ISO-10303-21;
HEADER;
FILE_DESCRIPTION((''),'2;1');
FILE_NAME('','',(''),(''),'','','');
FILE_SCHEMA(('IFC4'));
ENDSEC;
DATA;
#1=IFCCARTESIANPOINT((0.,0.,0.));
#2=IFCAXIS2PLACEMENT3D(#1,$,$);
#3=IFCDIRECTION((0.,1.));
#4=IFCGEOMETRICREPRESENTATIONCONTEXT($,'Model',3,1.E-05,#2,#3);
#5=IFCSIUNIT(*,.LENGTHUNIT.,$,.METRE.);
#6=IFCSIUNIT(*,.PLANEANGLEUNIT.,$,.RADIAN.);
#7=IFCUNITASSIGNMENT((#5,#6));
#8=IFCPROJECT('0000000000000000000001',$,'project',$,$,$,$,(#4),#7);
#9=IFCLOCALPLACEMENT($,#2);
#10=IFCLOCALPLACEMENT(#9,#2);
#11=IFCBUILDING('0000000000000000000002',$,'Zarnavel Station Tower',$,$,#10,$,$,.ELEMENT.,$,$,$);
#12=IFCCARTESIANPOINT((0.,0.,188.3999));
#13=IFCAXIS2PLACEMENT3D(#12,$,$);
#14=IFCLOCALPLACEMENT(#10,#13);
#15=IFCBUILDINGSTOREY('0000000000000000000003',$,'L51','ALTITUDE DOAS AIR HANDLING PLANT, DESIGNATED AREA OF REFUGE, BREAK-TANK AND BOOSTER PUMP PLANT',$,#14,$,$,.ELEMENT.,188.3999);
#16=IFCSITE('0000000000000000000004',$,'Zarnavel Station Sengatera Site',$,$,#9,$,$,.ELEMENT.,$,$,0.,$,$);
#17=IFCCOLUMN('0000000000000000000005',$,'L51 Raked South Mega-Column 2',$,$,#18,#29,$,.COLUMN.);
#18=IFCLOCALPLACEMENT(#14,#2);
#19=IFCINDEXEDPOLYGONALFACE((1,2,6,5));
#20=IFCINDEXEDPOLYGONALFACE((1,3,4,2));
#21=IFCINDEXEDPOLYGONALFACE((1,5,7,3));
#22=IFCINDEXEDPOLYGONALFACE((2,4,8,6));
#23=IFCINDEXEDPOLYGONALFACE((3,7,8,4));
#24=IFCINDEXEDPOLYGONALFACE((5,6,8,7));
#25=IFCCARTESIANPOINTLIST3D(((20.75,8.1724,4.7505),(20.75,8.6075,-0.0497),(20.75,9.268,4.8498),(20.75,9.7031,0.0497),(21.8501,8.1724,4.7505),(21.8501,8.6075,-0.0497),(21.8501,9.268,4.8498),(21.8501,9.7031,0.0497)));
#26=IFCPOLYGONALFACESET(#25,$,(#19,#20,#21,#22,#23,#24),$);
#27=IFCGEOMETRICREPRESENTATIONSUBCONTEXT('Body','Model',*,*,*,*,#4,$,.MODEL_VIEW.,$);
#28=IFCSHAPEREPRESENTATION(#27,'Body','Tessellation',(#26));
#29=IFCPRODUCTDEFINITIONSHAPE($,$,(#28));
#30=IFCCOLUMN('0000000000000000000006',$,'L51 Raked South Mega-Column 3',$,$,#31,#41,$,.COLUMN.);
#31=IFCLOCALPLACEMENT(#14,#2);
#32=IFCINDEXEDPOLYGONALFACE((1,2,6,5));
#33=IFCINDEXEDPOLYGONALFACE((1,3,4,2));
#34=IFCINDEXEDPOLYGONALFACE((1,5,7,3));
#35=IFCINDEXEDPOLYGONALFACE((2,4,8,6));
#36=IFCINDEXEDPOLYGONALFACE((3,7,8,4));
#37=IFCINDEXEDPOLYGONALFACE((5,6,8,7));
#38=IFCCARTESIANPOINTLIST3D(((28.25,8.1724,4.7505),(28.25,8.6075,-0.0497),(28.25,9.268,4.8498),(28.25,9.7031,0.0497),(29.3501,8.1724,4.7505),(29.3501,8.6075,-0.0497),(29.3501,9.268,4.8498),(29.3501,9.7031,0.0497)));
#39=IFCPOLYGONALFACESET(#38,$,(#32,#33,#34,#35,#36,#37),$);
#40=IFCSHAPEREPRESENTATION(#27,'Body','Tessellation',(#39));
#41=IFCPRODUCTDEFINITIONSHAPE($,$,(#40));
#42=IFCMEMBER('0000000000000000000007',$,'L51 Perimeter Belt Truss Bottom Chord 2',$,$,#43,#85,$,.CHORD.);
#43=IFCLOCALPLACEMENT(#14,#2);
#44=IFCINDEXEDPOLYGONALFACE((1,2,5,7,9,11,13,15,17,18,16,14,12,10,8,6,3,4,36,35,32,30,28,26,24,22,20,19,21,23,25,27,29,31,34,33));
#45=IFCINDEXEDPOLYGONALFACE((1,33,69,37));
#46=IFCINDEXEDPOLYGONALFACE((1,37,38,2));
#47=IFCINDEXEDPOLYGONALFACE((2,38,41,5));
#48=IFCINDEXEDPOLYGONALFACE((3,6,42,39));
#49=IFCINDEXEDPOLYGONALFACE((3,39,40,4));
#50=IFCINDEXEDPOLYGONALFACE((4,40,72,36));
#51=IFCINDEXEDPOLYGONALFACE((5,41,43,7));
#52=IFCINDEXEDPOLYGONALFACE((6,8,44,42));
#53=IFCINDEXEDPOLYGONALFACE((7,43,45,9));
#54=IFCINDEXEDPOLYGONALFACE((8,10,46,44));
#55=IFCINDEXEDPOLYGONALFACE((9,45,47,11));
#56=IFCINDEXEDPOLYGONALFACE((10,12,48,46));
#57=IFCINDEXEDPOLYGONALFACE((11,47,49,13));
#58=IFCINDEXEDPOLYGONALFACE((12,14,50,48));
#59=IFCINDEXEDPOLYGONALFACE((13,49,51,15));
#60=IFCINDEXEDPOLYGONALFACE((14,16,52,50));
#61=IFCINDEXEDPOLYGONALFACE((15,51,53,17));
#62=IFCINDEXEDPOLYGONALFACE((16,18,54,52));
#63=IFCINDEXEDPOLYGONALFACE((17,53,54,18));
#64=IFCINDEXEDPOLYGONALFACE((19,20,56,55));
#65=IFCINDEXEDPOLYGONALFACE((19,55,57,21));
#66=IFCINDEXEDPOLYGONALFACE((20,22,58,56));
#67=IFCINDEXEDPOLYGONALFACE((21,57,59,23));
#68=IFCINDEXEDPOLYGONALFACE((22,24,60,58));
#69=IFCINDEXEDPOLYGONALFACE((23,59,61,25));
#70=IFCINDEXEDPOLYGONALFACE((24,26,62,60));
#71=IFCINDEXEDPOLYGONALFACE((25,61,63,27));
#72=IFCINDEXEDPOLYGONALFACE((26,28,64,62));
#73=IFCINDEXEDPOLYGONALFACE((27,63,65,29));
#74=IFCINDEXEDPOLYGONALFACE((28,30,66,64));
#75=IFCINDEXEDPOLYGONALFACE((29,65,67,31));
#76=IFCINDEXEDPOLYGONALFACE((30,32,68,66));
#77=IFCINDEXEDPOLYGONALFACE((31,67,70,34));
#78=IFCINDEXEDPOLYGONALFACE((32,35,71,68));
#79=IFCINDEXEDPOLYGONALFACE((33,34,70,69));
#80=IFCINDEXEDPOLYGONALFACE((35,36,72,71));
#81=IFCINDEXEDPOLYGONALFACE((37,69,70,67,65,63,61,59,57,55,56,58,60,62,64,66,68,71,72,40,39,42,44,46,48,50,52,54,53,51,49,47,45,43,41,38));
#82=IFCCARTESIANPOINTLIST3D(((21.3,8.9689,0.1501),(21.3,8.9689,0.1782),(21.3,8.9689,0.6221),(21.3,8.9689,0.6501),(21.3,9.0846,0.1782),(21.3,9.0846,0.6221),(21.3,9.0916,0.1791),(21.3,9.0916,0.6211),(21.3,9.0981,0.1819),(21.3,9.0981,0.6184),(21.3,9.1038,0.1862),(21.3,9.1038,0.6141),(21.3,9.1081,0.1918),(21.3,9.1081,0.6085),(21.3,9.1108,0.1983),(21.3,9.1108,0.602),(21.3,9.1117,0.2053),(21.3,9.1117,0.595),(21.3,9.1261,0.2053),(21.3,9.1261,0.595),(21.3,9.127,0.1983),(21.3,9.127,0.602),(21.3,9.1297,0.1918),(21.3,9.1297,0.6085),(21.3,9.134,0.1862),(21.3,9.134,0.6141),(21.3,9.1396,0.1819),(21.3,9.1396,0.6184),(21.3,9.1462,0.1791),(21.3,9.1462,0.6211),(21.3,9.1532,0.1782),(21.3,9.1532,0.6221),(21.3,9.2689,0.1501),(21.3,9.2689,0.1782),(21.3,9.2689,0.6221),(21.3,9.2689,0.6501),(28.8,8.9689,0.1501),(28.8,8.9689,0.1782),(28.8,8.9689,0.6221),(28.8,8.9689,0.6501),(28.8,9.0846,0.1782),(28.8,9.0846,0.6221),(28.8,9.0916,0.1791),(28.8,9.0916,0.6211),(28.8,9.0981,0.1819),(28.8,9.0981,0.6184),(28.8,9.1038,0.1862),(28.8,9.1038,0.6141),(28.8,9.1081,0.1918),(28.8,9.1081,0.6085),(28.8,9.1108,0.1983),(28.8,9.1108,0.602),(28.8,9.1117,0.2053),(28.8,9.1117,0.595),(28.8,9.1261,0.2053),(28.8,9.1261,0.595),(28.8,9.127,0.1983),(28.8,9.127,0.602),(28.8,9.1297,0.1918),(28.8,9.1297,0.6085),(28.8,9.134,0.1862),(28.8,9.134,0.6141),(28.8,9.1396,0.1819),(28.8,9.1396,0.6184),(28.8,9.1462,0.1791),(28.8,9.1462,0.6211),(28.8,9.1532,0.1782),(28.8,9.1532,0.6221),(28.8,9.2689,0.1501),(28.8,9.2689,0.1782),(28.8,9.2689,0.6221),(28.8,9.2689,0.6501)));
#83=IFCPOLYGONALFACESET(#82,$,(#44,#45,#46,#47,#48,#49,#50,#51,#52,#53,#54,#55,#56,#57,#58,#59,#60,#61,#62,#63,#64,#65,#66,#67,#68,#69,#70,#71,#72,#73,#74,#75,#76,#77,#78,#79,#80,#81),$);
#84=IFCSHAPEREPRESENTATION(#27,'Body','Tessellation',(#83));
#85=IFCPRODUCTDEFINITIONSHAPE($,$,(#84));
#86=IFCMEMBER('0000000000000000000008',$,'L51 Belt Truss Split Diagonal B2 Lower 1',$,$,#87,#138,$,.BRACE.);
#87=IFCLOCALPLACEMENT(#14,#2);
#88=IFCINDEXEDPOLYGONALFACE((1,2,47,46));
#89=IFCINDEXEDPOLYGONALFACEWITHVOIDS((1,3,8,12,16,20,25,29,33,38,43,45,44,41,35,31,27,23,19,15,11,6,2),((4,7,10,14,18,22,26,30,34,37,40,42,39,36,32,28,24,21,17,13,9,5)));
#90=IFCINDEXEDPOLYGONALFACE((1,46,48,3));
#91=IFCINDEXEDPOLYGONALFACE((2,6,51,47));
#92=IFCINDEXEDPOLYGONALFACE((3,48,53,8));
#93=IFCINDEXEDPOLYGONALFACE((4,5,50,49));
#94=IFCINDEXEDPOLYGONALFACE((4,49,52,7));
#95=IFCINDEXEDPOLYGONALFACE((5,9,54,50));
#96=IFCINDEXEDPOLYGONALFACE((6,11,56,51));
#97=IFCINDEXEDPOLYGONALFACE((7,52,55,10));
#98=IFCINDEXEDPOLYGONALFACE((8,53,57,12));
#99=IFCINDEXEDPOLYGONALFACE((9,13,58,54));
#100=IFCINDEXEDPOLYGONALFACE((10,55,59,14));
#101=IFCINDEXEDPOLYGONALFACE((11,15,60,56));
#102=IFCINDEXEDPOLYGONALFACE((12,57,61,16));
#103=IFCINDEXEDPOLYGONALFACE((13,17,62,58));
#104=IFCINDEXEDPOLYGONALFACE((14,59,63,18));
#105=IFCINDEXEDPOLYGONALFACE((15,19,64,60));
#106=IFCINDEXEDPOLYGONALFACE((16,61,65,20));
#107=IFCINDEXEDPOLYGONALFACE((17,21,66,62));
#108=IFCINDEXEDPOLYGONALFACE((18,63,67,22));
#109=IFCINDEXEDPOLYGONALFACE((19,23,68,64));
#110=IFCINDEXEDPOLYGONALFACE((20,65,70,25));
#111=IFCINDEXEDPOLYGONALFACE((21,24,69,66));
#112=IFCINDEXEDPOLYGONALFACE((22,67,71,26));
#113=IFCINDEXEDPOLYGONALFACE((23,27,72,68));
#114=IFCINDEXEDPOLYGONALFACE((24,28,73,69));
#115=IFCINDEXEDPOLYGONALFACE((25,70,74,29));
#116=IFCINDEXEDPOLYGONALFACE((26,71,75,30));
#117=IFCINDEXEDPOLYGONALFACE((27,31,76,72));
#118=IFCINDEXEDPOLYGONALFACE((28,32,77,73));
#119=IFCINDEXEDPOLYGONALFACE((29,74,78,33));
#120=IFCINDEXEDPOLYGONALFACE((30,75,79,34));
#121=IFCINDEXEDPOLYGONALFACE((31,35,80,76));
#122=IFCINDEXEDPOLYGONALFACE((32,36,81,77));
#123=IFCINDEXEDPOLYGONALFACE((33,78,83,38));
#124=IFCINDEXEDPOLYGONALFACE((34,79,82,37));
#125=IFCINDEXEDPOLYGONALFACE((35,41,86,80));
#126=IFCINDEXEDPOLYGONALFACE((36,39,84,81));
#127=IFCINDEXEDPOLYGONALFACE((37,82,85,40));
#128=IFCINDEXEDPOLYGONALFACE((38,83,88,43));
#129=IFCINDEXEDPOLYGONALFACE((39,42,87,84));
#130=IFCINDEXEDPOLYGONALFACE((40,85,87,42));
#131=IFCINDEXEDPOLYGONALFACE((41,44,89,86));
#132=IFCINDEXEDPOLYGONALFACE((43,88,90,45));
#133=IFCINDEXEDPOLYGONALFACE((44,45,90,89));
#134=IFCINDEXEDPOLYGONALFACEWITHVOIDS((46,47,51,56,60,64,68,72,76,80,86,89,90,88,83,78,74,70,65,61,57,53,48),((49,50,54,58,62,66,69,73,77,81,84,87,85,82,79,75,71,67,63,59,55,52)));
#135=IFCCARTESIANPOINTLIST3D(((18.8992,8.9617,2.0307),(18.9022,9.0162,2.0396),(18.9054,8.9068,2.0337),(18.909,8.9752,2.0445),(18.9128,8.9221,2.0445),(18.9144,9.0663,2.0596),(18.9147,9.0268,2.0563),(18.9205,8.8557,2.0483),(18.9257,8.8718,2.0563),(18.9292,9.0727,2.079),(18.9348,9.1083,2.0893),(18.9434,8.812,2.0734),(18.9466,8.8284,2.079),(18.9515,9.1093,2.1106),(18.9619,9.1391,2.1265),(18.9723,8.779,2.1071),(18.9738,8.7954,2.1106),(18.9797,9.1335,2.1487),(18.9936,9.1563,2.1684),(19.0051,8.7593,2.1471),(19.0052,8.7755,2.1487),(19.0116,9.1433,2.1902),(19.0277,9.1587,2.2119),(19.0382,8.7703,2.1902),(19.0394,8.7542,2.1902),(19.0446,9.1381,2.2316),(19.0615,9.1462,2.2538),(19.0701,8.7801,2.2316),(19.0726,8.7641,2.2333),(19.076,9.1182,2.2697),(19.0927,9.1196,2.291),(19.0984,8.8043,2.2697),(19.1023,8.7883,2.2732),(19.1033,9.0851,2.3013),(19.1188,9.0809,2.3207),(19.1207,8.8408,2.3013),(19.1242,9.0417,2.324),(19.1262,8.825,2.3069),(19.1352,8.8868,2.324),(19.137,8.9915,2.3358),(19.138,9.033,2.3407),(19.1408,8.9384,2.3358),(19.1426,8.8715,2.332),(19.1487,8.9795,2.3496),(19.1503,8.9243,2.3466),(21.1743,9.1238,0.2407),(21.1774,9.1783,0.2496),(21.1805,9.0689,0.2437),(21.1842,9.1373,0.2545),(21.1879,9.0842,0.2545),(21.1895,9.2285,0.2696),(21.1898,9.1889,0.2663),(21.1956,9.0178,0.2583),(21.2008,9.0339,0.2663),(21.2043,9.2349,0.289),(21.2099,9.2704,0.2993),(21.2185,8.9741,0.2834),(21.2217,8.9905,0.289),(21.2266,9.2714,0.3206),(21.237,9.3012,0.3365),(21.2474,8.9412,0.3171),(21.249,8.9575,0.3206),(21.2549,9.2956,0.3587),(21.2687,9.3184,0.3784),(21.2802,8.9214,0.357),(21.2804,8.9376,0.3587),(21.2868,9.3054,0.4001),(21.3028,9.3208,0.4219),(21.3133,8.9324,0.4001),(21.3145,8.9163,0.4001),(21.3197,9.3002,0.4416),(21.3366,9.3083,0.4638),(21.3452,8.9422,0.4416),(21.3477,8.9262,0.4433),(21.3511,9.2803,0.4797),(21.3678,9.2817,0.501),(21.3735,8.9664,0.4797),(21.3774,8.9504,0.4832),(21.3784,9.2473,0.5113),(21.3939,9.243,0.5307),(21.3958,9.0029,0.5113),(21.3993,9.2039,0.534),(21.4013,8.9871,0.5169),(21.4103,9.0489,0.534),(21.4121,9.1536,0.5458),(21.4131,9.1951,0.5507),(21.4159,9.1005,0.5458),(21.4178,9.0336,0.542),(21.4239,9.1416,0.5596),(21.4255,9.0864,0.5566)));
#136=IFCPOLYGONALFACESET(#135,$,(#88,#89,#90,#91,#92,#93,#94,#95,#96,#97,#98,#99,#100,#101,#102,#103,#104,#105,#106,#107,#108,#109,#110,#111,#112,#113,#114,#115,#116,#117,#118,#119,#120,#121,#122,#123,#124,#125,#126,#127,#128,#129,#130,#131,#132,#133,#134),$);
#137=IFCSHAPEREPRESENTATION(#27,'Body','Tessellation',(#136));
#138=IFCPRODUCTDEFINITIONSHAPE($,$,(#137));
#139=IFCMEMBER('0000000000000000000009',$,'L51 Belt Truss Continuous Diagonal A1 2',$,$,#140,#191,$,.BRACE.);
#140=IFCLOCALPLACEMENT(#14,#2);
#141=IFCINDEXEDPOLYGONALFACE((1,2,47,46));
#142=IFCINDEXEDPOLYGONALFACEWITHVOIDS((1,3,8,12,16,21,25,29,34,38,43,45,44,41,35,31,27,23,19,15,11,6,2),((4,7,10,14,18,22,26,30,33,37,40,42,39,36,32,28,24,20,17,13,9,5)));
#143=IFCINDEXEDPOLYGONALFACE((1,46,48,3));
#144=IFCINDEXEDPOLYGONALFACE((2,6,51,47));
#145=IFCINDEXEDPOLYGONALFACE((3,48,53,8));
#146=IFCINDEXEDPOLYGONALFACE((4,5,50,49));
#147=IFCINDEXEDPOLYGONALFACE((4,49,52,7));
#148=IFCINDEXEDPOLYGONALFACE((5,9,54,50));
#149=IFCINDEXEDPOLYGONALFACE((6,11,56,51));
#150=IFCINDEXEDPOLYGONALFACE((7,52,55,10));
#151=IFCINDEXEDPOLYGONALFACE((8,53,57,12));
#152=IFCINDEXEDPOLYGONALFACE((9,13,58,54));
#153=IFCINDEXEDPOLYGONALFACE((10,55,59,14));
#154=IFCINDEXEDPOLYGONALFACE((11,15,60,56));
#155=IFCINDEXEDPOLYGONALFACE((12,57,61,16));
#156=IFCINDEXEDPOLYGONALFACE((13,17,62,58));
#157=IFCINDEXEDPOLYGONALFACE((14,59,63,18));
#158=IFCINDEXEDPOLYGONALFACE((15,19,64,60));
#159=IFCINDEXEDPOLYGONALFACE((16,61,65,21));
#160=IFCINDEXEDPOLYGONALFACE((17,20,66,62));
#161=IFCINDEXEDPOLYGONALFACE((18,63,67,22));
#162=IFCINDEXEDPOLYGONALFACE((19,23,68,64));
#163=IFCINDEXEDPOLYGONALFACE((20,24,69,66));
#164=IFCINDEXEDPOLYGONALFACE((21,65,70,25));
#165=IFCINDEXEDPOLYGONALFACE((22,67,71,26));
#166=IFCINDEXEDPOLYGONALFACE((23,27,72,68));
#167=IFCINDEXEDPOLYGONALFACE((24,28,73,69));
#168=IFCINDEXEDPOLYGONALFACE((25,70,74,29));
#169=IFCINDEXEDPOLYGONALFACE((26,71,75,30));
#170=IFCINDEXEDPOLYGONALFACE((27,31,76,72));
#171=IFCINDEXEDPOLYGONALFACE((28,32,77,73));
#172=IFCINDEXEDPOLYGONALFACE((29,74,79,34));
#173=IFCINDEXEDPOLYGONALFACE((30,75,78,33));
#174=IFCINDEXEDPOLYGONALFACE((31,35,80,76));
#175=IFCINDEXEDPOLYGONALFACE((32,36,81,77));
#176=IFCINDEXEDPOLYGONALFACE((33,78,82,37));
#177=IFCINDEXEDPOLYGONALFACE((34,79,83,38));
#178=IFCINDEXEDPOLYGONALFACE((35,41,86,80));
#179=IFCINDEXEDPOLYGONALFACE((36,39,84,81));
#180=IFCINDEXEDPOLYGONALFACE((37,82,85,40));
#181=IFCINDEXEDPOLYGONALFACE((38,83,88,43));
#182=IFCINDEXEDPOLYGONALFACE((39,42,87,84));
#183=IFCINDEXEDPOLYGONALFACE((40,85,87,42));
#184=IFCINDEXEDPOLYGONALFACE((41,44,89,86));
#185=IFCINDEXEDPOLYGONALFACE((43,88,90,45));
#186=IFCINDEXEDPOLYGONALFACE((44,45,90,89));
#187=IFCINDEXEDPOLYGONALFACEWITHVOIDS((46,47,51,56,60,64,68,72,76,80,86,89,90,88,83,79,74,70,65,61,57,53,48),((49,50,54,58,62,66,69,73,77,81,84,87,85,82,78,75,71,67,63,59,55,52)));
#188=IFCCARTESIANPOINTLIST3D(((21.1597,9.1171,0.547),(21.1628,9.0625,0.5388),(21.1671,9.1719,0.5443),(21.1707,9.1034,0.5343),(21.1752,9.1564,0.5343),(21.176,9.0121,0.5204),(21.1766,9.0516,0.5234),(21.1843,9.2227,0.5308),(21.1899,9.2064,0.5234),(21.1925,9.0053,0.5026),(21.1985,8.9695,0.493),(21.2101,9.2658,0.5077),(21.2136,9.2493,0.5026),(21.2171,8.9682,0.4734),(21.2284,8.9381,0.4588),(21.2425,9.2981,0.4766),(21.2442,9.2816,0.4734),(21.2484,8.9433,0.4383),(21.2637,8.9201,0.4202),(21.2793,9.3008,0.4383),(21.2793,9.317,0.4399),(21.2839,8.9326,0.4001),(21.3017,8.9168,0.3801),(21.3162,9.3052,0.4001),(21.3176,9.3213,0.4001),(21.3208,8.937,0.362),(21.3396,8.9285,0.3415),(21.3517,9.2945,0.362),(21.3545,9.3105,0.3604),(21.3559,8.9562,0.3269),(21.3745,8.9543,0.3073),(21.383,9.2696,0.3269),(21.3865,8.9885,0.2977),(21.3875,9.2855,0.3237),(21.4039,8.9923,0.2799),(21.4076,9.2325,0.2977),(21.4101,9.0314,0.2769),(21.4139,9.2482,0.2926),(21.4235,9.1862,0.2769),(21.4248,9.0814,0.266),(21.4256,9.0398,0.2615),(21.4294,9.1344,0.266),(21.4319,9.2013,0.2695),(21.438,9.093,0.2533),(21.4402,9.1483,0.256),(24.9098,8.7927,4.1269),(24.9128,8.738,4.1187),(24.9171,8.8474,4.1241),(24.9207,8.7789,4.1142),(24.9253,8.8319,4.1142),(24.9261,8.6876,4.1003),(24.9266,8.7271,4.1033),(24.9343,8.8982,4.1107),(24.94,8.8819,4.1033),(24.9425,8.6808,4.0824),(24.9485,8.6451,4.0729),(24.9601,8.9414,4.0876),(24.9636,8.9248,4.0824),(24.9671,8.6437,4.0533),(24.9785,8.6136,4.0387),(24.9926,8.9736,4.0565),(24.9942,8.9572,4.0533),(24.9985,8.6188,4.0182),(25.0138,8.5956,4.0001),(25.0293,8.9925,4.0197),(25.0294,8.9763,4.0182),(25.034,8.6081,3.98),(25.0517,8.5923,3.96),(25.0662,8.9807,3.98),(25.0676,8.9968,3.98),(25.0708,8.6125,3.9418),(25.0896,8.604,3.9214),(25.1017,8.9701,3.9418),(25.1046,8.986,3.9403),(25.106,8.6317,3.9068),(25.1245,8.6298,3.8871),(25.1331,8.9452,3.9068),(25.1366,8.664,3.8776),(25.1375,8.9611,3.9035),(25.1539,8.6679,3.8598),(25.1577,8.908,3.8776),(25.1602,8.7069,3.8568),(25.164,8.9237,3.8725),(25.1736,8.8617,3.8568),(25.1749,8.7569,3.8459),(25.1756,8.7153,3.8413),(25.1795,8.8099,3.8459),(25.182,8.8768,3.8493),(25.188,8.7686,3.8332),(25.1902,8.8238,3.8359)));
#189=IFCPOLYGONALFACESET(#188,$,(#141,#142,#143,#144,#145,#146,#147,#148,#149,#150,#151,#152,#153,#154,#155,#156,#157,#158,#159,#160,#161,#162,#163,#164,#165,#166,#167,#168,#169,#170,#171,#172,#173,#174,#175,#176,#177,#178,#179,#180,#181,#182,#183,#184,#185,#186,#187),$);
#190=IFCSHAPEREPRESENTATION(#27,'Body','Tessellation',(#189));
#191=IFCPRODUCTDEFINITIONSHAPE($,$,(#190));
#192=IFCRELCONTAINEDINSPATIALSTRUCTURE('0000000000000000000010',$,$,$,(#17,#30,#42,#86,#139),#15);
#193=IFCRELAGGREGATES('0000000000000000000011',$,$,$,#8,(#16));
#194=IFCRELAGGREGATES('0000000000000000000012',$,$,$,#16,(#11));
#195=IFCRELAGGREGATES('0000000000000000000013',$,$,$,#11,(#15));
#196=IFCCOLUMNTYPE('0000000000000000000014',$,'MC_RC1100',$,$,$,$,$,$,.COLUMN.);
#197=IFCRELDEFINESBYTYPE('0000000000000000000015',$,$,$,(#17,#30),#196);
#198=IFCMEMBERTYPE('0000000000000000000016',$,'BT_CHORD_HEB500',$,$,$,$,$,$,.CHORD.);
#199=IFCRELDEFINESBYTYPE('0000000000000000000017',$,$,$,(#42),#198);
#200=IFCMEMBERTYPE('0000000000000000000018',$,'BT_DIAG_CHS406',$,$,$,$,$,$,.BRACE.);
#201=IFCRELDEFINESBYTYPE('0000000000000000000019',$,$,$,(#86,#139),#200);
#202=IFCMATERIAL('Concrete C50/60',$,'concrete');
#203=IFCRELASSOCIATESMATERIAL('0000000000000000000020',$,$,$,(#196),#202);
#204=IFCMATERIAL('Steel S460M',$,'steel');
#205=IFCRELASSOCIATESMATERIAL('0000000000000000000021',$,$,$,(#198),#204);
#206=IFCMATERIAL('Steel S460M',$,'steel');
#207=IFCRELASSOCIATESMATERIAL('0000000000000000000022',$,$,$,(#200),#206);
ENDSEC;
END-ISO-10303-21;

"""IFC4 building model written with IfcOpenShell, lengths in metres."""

from ifc_helpers import new_model, si_unit, direction, frame, origin, origin_2d, place, context, subcontext, project, spatial, rectangle, hollow_circle, i_section, extrude, material, material_profile, profile_set, type_object, element, save


model = new_model("IFC4")

# Units and contexts
model_context = context("Model", 3, precision=1e-05, world=origin(), true_north=direction((0.0, 1.0)))
body_context = subcontext(model_context, "Body", "Model", "MODEL_VIEW")
ifc_project = project(units=[si_unit("LENGTHUNIT", "METRE"), si_unit("PLANEANGLEUNIT", "RADIAN")], contexts=[model_context])

# Site, building, storey
site_placement = place(None, origin())
site = spatial("IfcSite", under=ifc_project, at=site_placement, Name="Zarnavel Station Sengatera Site", CompositionType="ELEMENT", RefElevation=0.0)
building_placement = place(site_placement, origin())
building = spatial("IfcBuilding", under=site, at=building_placement, Name="Zarnavel Station Tower", CompositionType="ELEMENT")
storey_placement = place(building_placement, frame((0.0, 0.0, 188.3999)))
storey = spatial("IfcBuildingStorey", under=building, at=storey_placement, Name="L51", Description="ALTITUDE DOAS AIR HANDLING PLANT, DESIGNATED AREA OF REFUGE, BREAK-TANK AND BOOSTER PUMP PLANT", CompositionType="ELEMENT", Elevation=188.3999)

# Columns
ifc_material_1 = material(Name="Concrete C50/60", Category="concrete")
ifc_material_profile_1 = material_profile(ifc_material_1, rectangle(XDim=1.1001, YDim=1.1001, at=origin_2d()), Name="RC1100x1100")
ifc_profile_set_1 = profile_set([ifc_material_profile_1], Name="Concrete C50/60")
column_type = type_object("IfcColumnType", Name="MC_RC1100", PredefinedType="COLUMN", material=ifc_profile_set_1)
for number, where, z_axis, x_axis, name in (
    (1, (21.3, 9.1553, 0.0), (0.0, -0.090266, 0.995918), (1.0, 0.0, 0.0), "L51 Raked South Mega-Column 2"),
    (2, (28.8, 9.1553, 0.0), (0.0, -0.090266, 0.995918), (1.0, 0.0, 0.0), "L51 Raked South Mega-Column 3"),
):
    element("IfcColumn", number, at=place(storey_placement, frame(where, z_axis=z_axis, x_axis=x_axis)), inside=storey, type_object=column_type, Name=name, PredefinedType="COLUMN", context=body_context, shape_type="SweptSolid", body=[
        extrude(rectangle(XDim=1.1001, YDim=1.1001, at=origin_2d()), origin(), (0.0, 0.0, 1.0), 4.8198),
    ])

# Members
ifc_material_2 = material(Name="Steel S460M", Category="steel")
ifc_material_profile_2 = material_profile(ifc_material_2, i_section(OverallWidth=0.3, OverallDepth=0.5, WebThickness=0.0144, FlangeThickness=0.0281, FilletRadius=0.0271, at=origin_2d()), Name="HEB500")
ifc_profile_set_2 = profile_set([ifc_material_profile_2], Name="Steel S460M")
member_type_1 = type_object("IfcMemberType", Name="BT_CHORD_HEB500", PredefinedType="CHORD", material=ifc_profile_set_2)
member_1_placement = place(storey_placement, frame((21.3, 9.1189, 0.4001), z_axis=(1.0, 0.0, 0.0), x_axis=(0.0, 1.0, 0.0)))
element("IfcMember", 3, at=member_1_placement, inside=storey, type_object=member_type_1, Name="L51 Perimeter Belt Truss Bottom Chord 2", PredefinedType="CHORD", context=body_context, shape_type="SweptSolid", body=[
    extrude(i_section(OverallWidth=0.3, OverallDepth=0.5, WebThickness=0.0144, FlangeThickness=0.0281, FilletRadius=0.0271, at=origin_2d()), origin(), (0.0, 0.0, 1.0), 7.5),
])
ifc_material_3 = material(Name="Steel S460M", Category="steel")
ifc_material_profile_3 = material_profile(ifc_material_3, hollow_circle(Radius=0.2031, WallThickness=0.0161, at=origin_2d()), Name="CHS406.4x16")
ifc_profile_set_3 = profile_set([ifc_material_profile_3], Name="Steel S460M")
member_type_2 = type_object("IfcMemberType", Name="BT_DIAG_CHS406", PredefinedType="BRACE", material=ifc_profile_set_3)
member_2_placement = place(storey_placement, frame((21.3, 9.1189, 0.4001), z_axis=(-0.784682, -0.05591, 0.617372), x_axis=(0.071072, -0.997471, 0.0)))
element("IfcMember", 4, at=member_2_placement, inside=storey, type_object=member_type_2, Name="L51 Belt Truss Split Diagonal B2 Lower 1", PredefinedType="BRACE", context=body_context, shape_type="SweptSolid", body=[
    extrude(hollow_circle(Radius=0.2031, WallThickness=0.0161, at=origin_2d()), origin(), (0.0, 0.0, 1.0), 2.8994),
])
member_3_placement = place(storey_placement, frame((21.3, 9.1189, 0.4001), z_axis=(0.721915, -0.062463, 0.689157), x_axis=(0.086201, 0.996278, 0.0)))
element("IfcMember", 5, at=member_3_placement, inside=storey, type_object=member_type_2, Name="L51 Belt Truss Continuous Diagonal A1 2", PredefinedType="BRACE", context=body_context, shape_type="SweptSolid", body=[
    extrude(hollow_circle(Radius=0.2031, WallThickness=0.0161, at=origin_2d()), origin(), (0.0, 0.0, 1.0), 5.1946),
])

save(model, "model.ifc")
